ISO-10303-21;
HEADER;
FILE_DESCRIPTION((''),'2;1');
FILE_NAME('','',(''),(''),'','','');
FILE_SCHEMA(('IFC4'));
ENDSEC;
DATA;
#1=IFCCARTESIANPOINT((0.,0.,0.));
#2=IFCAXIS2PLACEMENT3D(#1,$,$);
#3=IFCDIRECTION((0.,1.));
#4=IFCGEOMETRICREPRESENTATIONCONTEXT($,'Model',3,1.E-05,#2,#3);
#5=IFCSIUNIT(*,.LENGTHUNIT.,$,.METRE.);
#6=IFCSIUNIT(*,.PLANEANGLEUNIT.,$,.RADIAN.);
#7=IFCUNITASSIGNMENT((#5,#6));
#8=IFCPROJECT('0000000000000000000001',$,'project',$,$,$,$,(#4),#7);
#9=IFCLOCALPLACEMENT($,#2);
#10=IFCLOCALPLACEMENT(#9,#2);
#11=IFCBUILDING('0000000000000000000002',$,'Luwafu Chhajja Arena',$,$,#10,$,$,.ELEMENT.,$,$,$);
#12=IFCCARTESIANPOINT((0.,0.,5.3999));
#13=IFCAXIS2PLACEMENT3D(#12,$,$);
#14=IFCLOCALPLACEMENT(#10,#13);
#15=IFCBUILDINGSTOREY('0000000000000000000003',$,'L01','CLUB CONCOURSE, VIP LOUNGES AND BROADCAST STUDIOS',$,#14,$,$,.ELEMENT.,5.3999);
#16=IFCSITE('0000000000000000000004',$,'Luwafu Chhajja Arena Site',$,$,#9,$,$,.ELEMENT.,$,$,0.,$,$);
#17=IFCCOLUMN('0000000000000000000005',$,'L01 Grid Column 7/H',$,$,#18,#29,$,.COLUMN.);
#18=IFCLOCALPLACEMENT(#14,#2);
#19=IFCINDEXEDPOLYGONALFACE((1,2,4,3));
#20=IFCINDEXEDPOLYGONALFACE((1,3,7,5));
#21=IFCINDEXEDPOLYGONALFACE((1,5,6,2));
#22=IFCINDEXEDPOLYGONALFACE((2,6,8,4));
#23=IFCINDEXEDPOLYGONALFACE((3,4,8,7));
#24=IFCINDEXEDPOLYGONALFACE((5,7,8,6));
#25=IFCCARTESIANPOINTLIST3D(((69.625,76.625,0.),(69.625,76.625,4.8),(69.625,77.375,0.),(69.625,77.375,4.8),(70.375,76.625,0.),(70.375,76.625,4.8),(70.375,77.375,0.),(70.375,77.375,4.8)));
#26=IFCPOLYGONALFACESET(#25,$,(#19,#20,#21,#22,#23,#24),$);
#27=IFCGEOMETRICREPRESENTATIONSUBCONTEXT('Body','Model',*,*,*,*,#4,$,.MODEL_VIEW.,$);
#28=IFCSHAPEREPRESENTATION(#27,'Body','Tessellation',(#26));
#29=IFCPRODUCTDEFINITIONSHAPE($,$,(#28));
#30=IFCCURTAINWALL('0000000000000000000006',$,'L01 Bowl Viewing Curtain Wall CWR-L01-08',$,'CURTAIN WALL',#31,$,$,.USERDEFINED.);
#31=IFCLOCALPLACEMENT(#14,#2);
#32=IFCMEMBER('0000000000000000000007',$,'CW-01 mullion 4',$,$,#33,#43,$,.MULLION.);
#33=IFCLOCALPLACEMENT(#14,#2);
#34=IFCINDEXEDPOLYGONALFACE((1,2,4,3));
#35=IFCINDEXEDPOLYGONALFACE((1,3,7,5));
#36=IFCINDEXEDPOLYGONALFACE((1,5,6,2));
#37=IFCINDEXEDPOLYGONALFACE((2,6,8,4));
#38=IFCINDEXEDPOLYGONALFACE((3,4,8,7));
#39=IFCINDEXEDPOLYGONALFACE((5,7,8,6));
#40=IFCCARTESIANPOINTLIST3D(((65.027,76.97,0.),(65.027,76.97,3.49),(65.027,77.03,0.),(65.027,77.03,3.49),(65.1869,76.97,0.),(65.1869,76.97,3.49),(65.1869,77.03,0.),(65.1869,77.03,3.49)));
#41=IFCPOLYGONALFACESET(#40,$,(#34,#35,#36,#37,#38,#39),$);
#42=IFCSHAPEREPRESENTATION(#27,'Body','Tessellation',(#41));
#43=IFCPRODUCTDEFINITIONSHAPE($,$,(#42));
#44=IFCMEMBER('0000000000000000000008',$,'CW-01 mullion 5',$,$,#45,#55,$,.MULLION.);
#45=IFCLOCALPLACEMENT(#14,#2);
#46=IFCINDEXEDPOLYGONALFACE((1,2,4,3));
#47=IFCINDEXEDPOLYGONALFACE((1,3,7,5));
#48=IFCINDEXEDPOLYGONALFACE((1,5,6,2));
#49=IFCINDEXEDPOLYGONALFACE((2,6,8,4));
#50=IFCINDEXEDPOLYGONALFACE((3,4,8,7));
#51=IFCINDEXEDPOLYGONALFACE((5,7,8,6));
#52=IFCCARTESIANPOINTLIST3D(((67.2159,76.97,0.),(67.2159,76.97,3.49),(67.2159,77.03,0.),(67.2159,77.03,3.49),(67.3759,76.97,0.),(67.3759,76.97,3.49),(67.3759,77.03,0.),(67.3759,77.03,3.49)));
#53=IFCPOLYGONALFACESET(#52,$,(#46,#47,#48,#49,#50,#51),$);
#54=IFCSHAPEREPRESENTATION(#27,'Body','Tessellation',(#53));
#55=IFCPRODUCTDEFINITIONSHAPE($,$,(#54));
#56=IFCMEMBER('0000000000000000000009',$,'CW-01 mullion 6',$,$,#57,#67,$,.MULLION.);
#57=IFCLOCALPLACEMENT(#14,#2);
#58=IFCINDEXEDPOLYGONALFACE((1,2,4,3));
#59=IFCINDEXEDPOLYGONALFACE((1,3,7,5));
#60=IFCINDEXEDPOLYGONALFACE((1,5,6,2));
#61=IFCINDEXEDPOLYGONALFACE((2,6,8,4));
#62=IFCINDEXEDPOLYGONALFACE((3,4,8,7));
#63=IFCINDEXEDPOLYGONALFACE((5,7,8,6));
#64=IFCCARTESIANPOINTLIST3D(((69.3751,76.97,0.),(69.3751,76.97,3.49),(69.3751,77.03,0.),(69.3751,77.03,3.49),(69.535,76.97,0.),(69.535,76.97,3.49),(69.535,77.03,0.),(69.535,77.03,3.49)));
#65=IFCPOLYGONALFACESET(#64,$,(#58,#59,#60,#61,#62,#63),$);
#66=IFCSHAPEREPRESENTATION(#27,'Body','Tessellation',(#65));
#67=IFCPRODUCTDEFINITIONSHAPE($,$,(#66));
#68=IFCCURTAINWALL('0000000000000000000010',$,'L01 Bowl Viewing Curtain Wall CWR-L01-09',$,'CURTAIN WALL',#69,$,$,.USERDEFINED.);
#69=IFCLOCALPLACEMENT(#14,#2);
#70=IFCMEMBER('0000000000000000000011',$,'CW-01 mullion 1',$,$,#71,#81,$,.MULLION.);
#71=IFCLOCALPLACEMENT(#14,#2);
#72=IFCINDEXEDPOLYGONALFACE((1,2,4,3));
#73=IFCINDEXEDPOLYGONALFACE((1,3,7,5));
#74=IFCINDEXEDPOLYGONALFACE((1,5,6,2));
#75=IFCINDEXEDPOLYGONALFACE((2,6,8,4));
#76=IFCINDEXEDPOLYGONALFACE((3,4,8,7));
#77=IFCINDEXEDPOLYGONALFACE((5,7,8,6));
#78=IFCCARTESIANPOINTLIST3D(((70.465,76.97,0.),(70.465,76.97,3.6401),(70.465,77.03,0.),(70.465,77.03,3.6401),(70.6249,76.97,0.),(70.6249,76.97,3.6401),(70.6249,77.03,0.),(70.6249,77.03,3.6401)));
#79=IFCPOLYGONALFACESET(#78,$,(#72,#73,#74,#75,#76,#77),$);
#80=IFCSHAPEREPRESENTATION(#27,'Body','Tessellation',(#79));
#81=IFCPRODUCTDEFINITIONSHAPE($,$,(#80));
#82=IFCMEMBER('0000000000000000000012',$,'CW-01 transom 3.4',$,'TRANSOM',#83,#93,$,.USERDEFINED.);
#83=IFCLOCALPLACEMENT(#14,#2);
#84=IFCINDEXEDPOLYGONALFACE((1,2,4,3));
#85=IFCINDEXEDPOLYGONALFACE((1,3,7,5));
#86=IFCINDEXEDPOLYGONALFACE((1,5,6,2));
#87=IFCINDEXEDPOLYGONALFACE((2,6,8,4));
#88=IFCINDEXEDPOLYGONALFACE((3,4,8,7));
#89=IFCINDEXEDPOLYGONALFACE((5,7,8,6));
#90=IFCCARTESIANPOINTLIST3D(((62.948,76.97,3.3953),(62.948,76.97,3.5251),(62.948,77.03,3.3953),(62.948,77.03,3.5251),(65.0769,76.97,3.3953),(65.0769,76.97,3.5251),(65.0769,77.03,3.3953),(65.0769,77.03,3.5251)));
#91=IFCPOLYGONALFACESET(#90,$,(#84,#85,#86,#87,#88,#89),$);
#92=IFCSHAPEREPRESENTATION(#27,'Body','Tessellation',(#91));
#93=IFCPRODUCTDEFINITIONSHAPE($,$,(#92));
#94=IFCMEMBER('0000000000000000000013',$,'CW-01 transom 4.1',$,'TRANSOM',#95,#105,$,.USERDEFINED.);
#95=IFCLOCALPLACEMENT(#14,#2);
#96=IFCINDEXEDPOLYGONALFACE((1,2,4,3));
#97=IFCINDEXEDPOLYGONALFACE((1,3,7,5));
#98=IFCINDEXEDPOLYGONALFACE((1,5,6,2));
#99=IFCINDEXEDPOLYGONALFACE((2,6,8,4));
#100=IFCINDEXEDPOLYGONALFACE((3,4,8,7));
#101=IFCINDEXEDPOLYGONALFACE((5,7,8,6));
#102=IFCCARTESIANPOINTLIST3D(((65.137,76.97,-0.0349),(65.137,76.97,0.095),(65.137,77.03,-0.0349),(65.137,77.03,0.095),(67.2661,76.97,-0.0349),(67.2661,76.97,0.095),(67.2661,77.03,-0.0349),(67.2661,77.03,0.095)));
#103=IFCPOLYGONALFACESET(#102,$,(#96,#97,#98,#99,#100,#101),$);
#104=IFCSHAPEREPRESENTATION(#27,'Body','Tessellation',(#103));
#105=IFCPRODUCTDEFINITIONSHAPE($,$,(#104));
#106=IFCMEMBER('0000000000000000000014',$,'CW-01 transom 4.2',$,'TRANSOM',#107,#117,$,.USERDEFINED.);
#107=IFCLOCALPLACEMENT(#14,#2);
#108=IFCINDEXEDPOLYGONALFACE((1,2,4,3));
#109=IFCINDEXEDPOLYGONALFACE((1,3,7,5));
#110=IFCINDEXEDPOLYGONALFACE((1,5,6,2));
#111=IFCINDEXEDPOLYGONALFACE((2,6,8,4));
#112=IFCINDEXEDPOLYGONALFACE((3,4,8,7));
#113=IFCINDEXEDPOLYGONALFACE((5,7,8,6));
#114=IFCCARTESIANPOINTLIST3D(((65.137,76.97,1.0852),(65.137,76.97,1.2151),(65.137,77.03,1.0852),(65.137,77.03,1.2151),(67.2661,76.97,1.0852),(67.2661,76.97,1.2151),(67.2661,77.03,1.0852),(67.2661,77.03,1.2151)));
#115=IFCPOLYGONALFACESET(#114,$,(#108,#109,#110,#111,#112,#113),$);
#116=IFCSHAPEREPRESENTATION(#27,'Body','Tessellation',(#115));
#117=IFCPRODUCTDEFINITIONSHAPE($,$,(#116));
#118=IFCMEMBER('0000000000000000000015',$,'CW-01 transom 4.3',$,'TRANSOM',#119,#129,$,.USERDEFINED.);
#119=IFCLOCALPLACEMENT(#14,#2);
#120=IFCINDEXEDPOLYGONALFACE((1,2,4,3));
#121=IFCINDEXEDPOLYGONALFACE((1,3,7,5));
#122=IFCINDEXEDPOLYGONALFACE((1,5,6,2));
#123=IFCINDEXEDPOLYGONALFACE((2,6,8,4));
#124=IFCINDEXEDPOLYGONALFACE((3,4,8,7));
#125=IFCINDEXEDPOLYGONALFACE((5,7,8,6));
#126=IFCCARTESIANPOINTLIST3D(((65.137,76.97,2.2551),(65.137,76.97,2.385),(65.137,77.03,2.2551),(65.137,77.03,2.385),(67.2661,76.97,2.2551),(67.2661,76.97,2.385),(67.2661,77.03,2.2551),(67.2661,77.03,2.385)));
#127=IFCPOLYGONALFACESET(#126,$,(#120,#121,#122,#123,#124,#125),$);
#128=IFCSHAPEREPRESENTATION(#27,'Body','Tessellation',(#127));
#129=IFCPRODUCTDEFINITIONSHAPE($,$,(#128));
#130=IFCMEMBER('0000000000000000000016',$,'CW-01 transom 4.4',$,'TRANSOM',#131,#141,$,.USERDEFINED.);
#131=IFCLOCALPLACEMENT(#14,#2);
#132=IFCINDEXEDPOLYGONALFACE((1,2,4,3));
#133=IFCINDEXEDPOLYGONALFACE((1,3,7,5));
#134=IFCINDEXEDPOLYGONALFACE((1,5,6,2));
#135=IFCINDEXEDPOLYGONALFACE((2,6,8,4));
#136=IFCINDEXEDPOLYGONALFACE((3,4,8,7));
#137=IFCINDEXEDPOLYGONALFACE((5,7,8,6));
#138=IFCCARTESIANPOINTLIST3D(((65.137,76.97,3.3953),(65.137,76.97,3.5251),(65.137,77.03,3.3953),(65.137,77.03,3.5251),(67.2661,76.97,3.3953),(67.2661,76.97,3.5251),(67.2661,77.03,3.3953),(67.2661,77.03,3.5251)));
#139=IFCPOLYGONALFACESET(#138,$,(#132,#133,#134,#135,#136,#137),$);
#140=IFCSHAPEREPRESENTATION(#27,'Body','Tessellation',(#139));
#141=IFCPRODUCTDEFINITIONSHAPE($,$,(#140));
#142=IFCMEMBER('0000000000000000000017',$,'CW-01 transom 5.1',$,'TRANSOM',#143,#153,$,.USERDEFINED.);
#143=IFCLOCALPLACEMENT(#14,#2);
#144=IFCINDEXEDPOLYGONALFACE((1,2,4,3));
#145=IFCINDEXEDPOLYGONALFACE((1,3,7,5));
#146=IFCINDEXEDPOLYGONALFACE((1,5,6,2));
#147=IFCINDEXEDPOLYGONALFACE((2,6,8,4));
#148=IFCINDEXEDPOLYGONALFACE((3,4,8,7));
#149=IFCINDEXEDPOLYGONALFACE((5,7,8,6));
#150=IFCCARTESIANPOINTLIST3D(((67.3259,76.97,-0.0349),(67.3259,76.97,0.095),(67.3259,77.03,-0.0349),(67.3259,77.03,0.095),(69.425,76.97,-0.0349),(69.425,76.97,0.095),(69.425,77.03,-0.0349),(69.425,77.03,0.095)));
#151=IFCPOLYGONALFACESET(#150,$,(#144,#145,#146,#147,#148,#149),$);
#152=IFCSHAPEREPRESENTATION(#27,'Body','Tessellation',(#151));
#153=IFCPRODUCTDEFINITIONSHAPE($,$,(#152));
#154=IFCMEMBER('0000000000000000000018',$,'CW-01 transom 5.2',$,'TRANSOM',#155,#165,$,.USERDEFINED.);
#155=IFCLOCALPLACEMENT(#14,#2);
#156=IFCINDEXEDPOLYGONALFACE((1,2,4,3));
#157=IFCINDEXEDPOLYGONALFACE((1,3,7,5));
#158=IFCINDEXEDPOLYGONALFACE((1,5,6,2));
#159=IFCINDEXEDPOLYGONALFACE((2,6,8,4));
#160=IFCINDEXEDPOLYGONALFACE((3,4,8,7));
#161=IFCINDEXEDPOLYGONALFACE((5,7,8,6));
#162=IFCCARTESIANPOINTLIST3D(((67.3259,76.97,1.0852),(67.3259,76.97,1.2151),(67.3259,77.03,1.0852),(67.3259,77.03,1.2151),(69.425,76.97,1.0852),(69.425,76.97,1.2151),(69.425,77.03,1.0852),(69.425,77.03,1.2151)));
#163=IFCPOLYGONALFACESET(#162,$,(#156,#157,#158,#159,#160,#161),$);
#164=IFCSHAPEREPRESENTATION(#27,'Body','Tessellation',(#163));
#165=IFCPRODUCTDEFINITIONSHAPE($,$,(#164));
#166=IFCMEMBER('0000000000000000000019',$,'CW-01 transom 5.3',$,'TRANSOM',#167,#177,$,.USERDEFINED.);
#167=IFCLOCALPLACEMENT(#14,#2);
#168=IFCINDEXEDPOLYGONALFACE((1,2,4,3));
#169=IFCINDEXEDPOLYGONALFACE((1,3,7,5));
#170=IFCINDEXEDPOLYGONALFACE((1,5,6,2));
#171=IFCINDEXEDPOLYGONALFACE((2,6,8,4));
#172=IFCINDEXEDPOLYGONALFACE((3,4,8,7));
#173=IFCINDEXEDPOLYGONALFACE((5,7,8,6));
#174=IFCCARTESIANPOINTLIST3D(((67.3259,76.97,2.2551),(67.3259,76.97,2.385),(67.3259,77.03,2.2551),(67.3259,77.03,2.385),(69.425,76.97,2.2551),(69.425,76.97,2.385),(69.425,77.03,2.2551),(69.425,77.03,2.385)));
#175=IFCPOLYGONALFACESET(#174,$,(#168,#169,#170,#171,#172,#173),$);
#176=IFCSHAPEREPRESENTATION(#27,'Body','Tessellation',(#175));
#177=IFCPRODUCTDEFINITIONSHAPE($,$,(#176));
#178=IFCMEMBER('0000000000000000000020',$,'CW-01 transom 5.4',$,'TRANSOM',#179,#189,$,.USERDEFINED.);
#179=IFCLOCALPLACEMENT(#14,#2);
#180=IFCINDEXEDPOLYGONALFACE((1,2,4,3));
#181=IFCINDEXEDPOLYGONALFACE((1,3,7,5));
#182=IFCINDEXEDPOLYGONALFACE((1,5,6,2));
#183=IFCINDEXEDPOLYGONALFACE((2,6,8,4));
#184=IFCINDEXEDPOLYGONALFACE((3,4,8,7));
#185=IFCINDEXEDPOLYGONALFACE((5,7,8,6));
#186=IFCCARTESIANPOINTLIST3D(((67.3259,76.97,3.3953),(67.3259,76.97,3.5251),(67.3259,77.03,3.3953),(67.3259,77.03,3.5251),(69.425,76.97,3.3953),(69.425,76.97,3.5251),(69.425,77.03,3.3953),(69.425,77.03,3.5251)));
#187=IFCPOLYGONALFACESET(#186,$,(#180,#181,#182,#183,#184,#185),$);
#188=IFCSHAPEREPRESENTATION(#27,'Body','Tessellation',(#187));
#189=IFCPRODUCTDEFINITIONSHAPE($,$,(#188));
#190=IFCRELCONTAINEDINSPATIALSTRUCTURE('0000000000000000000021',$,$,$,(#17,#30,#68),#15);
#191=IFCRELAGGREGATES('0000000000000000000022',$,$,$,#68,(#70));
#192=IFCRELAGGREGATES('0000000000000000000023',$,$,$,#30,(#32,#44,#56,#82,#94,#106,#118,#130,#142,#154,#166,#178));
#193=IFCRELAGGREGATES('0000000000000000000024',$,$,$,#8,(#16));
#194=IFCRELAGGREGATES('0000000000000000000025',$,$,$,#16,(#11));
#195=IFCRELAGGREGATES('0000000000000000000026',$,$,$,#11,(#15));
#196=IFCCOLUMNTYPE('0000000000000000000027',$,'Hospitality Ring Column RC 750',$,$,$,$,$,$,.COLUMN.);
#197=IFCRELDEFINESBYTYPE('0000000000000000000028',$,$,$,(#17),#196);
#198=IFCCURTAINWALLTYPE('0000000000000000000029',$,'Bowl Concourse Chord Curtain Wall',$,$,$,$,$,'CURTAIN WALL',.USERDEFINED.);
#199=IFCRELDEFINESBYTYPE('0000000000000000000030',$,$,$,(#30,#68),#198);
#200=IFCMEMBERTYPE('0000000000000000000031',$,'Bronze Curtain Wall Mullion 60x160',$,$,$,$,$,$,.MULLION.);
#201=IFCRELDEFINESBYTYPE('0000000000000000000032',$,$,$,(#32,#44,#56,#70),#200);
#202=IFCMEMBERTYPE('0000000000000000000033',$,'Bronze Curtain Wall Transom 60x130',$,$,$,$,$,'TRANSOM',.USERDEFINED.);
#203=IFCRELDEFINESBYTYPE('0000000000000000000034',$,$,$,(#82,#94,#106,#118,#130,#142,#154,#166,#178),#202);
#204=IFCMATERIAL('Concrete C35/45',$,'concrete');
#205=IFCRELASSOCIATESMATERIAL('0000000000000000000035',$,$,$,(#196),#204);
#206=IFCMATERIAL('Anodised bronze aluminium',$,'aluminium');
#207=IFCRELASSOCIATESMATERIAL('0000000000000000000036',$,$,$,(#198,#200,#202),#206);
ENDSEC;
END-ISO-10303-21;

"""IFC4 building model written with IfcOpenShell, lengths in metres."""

from ifc_helpers import new_model, si_unit, direction, frame, origin, origin_2d, place, context, subcontext, project, spatial, rectangle, extrude, material, material_profile, profile_set, type_object, element, aggregate, save


model = new_model("IFC4")

# Units and contexts
model_context = context("Model", 3, precision=1e-05, world=origin(), true_north=direction((0.0, 1.0)))
body_context = subcontext(model_context, "Body", "Model", "MODEL_VIEW")
ifc_project = project(units=[si_unit("LENGTHUNIT", "METRE"), si_unit("PLANEANGLEUNIT", "RADIAN")], contexts=[model_context])

# Site, building, storey
site_placement = place(None, origin())
site = spatial("IfcSite", under=ifc_project, at=site_placement, Name="Luwafu Chhajja Arena Site", CompositionType="ELEMENT", RefElevation=0.0)
building_placement = place(site_placement, origin())
building = spatial("IfcBuilding", under=site, at=building_placement, Name="Luwafu Chhajja Arena", CompositionType="ELEMENT")
storey_placement = place(building_placement, frame((0.0, 0.0, 5.3999)))
storey = spatial("IfcBuildingStorey", under=building, at=storey_placement, Name="L01", Description="CLUB CONCOURSE, VIP LOUNGES AND BROADCAST STUDIOS", CompositionType="ELEMENT", Elevation=5.3999)

# Column
ifc_material_1 = material(Name="Concrete C35/45", Category="concrete")
ifc_material_profile_1 = material_profile(ifc_material_1, rectangle(XDim=0.75, YDim=0.75, at=origin_2d()), Name="RC 750x750")
ifc_profile_set_1 = profile_set([ifc_material_profile_1], Name="Concrete C35/45")
column_type = type_object("IfcColumnType", Name="Hospitality Ring Column RC 750", PredefinedType="COLUMN", material=ifc_profile_set_1)
column_placement = place(storey_placement, frame((70.0, 77.0, 0.0), z_axis=(0.0, 0.0, 1.0), x_axis=(1.0, 0.0, 0.0)))
element("IfcColumn", 1, at=column_placement, inside=storey, type_object=column_type, Name="L01 Grid Column 7/H", PredefinedType="COLUMN", context=body_context, shape_type="SweptSolid", body=[
    extrude(rectangle(XDim=0.75, YDim=0.75, at=origin_2d()), origin(), (0.0, 0.0, 1.0), 4.8),
])

# Curtain wall, members
ifc_material_2 = material(Name="Anodised bronze aluminium", Category="aluminium")
curtain_wall_type = type_object("IfcCurtainWallType", Name="Bowl Concourse Chord Curtain Wall", ElementType="CURTAIN WALL", PredefinedType="USERDEFINED", material=ifc_material_2)
curtain_wall_1_placement = place(storey_placement, origin())
curtain_wall_1 = element("IfcCurtainWall", 2, at=curtain_wall_1_placement, inside=storey, type_object=curtain_wall_type, Name="L01 Bowl Viewing Curtain Wall CWR-L01-08", ObjectType="CURTAIN WALL", PredefinedType="USERDEFINED")
ifc_material_profile_2 = material_profile(ifc_material_2, rectangle(XDim=0.0601, YDim=0.1599, at=origin_2d()), Name="CWM 60x160")
ifc_profile_set_2 = profile_set([ifc_material_profile_2], Name="Anodised bronze aluminium")
member_type_1 = type_object("IfcMemberType", Name="Bronze Curtain Wall Mullion 60x160", PredefinedType="MULLION", material=ifc_profile_set_2)
member_1_placement = place(storey_placement, frame((65.1069, 77.0, 0.0), z_axis=(0.0, 0.0, 1.0), x_axis=(0.0, 1.0, 0.0)))
member_1 = element("IfcMember", 3, at=member_1_placement, type_object=member_type_1, Name="CW-01 mullion 4", PredefinedType="MULLION", context=body_context, shape_type="SweptSolid", body=[
    extrude(rectangle(XDim=0.0601, YDim=0.1599, at=origin_2d()), origin(), (0.0, 0.0, 1.0), 3.49),
])
member_2_placement = place(storey_placement, frame((67.2959, 77.0, 0.0), z_axis=(0.0, 0.0, 1.0), x_axis=(0.0, 1.0, 0.0)))
member_2 = element("IfcMember", 4, at=member_2_placement, type_object=member_type_1, Name="CW-01 mullion 5", PredefinedType="MULLION", context=body_context, shape_type="SweptSolid", body=[
    extrude(rectangle(XDim=0.0601, YDim=0.1599, at=origin_2d()), origin(), (0.0, 0.0, 1.0), 3.49),
])
member_3_placement = place(storey_placement, frame((69.4551, 77.0, 0.0), z_axis=(0.0, 0.0, 1.0), x_axis=(0.0, 1.0, 0.0)))
member_3 = element("IfcMember", 5, at=member_3_placement, type_object=member_type_1, Name="CW-01 mullion 6", PredefinedType="MULLION", context=body_context, shape_type="SweptSolid", body=[
    extrude(rectangle(XDim=0.0601, YDim=0.1599, at=origin_2d()), origin(), (0.0, 0.0, 1.0), 3.49),
])

# Curtain wall, member
curtain_wall_2_placement = place(storey_placement, origin())
curtain_wall_2 = element("IfcCurtainWall", 6, at=curtain_wall_2_placement, inside=storey, type_object=curtain_wall_type, Name="L01 Bowl Viewing Curtain Wall CWR-L01-09", ObjectType="CURTAIN WALL", PredefinedType="USERDEFINED")
member_4_placement = place(storey_placement, frame((70.5449, 77.0, 0.0), z_axis=(0.0, 0.0, 1.0), x_axis=(0.0, 1.0, 0.0)))
member_4 = element("IfcMember", 7, at=member_4_placement, type_object=member_type_1, Name="CW-01 mullion 1", PredefinedType="MULLION", context=body_context, shape_type="SweptSolid", body=[
    extrude(rectangle(XDim=0.0601, YDim=0.1599, at=origin_2d()), origin(), (0.0, 0.0, 1.0), 3.6401),
])

# Members
ifc_material_profile_3 = material_profile(ifc_material_2, rectangle(XDim=0.0601, YDim=0.1299, at=origin_2d()), Name="CWT 60x130")
ifc_profile_set_3 = profile_set([ifc_material_profile_3], Name="Anodised bronze aluminium")
member_type_2 = type_object("IfcMemberType", Name="Bronze Curtain Wall Transom 60x130", ElementType="TRANSOM", PredefinedType="USERDEFINED", material=ifc_profile_set_3)
member_5_placement = place(storey_placement, frame((62.948, 77.0, 3.4602), z_axis=(1.0, 0.0, 0.0), x_axis=(0.0, 1.0, 0.0)))
member_5 = element("IfcMember", 8, at=member_5_placement, type_object=member_type_2, Name="CW-01 transom 3.4", ObjectType="TRANSOM", PredefinedType="USERDEFINED", context=body_context, shape_type="SweptSolid", body=[
    extrude(rectangle(XDim=0.0601, YDim=0.1299, at=origin_2d()), origin(), (0.0, 0.0, 1.0), 2.1289),
])
member_6_placement = place(storey_placement, frame((65.137, 77.0, 0.03), z_axis=(1.0, 0.0, 0.0), x_axis=(0.0, 1.0, 0.0)))
member_6 = element("IfcMember", 9, at=member_6_placement, type_object=member_type_2, Name="CW-01 transom 4.1", ObjectType="TRANSOM", PredefinedType="USERDEFINED", context=body_context, shape_type="SweptSolid", body=[
    extrude(rectangle(XDim=0.0601, YDim=0.1299, at=origin_2d()), origin(), (0.0, 0.0, 1.0), 2.1292),
])
member_7_placement = place(storey_placement, frame((65.137, 77.0, 1.1501), z_axis=(1.0, 0.0, 0.0), x_axis=(0.0, 1.0, 0.0)))
member_7 = element("IfcMember", 10, at=member_7_placement, type_object=member_type_2, Name="CW-01 transom 4.2", ObjectType="TRANSOM", PredefinedType="USERDEFINED", context=body_context, shape_type="SweptSolid", body=[
    extrude(rectangle(XDim=0.0601, YDim=0.1299, at=origin_2d()), origin(), (0.0, 0.0, 1.0), 2.1292),
])
member_8_placement = place(storey_placement, frame((65.137, 77.0, 2.3201), z_axis=(1.0, 0.0, 0.0), x_axis=(0.0, 1.0, 0.0)))
member_8 = element("IfcMember", 11, at=member_8_placement, type_object=member_type_2, Name="CW-01 transom 4.3", ObjectType="TRANSOM", PredefinedType="USERDEFINED", context=body_context, shape_type="SweptSolid", body=[
    extrude(rectangle(XDim=0.0601, YDim=0.1299, at=origin_2d()), origin(), (0.0, 0.0, 1.0), 2.1292),
])
member_9_placement = place(storey_placement, frame((65.137, 77.0, 3.4602), z_axis=(1.0, 0.0, 0.0), x_axis=(0.0, 1.0, 0.0)))
member_9 = element("IfcMember", 12, at=member_9_placement, type_object=member_type_2, Name="CW-01 transom 4.4", ObjectType="TRANSOM", PredefinedType="USERDEFINED", context=body_context, shape_type="SweptSolid", body=[
    extrude(rectangle(XDim=0.0601, YDim=0.1299, at=origin_2d()), origin(), (0.0, 0.0, 1.0), 2.1292),
])
member_10_placement = place(storey_placement, frame((67.3259, 77.0, 0.03), z_axis=(1.0, 0.0, 0.0), x_axis=(0.0, 1.0, 0.0)))
member_10 = element("IfcMember", 13, at=member_10_placement, type_object=member_type_2, Name="CW-01 transom 5.1", ObjectType="TRANSOM", PredefinedType="USERDEFINED", context=body_context, shape_type="SweptSolid", body=[
    extrude(rectangle(XDim=0.0601, YDim=0.1299, at=origin_2d()), origin(), (0.0, 0.0, 1.0), 2.0991),
])
member_11_placement = place(storey_placement, frame((67.3259, 77.0, 1.1501), z_axis=(1.0, 0.0, 0.0), x_axis=(0.0, 1.0, 0.0)))
member_11 = element("IfcMember", 14, at=member_11_placement, type_object=member_type_2, Name="CW-01 transom 5.2", ObjectType="TRANSOM", PredefinedType="USERDEFINED", context=body_context, shape_type="SweptSolid", body=[
    extrude(rectangle(XDim=0.0601, YDim=0.1299, at=origin_2d()), origin(), (0.0, 0.0, 1.0), 2.0991),
])
member_12_placement = place(storey_placement, frame((67.3259, 77.0, 2.3201), z_axis=(1.0, 0.0, 0.0), x_axis=(0.0, 1.0, 0.0)))
member_12 = element("IfcMember", 15, at=member_12_placement, type_object=member_type_2, Name="CW-01 transom 5.3", ObjectType="TRANSOM", PredefinedType="USERDEFINED", context=body_context, shape_type="SweptSolid", body=[
    extrude(rectangle(XDim=0.0601, YDim=0.1299, at=origin_2d()), origin(), (0.0, 0.0, 1.0), 2.0991),
])
member_13_placement = place(storey_placement, frame((67.3259, 77.0, 3.4602), z_axis=(1.0, 0.0, 0.0), x_axis=(0.0, 1.0, 0.0)))
member_13 = element("IfcMember", 16, at=member_13_placement, type_object=member_type_2, Name="CW-01 transom 5.4", ObjectType="TRANSOM", PredefinedType="USERDEFINED", context=body_context, shape_type="SweptSolid", body=[
    extrude(rectangle(XDim=0.0601, YDim=0.1299, at=origin_2d()), origin(), (0.0, 0.0, 1.0), 2.0991),
])
aggregate(curtain_wall_2, [member_4])

aggregate(curtain_wall_1, [member_1, member_2, member_3, member_5, member_6, member_7, member_8, member_9, member_10, member_11, member_12, member_13])

save(model, "model.ifc")
